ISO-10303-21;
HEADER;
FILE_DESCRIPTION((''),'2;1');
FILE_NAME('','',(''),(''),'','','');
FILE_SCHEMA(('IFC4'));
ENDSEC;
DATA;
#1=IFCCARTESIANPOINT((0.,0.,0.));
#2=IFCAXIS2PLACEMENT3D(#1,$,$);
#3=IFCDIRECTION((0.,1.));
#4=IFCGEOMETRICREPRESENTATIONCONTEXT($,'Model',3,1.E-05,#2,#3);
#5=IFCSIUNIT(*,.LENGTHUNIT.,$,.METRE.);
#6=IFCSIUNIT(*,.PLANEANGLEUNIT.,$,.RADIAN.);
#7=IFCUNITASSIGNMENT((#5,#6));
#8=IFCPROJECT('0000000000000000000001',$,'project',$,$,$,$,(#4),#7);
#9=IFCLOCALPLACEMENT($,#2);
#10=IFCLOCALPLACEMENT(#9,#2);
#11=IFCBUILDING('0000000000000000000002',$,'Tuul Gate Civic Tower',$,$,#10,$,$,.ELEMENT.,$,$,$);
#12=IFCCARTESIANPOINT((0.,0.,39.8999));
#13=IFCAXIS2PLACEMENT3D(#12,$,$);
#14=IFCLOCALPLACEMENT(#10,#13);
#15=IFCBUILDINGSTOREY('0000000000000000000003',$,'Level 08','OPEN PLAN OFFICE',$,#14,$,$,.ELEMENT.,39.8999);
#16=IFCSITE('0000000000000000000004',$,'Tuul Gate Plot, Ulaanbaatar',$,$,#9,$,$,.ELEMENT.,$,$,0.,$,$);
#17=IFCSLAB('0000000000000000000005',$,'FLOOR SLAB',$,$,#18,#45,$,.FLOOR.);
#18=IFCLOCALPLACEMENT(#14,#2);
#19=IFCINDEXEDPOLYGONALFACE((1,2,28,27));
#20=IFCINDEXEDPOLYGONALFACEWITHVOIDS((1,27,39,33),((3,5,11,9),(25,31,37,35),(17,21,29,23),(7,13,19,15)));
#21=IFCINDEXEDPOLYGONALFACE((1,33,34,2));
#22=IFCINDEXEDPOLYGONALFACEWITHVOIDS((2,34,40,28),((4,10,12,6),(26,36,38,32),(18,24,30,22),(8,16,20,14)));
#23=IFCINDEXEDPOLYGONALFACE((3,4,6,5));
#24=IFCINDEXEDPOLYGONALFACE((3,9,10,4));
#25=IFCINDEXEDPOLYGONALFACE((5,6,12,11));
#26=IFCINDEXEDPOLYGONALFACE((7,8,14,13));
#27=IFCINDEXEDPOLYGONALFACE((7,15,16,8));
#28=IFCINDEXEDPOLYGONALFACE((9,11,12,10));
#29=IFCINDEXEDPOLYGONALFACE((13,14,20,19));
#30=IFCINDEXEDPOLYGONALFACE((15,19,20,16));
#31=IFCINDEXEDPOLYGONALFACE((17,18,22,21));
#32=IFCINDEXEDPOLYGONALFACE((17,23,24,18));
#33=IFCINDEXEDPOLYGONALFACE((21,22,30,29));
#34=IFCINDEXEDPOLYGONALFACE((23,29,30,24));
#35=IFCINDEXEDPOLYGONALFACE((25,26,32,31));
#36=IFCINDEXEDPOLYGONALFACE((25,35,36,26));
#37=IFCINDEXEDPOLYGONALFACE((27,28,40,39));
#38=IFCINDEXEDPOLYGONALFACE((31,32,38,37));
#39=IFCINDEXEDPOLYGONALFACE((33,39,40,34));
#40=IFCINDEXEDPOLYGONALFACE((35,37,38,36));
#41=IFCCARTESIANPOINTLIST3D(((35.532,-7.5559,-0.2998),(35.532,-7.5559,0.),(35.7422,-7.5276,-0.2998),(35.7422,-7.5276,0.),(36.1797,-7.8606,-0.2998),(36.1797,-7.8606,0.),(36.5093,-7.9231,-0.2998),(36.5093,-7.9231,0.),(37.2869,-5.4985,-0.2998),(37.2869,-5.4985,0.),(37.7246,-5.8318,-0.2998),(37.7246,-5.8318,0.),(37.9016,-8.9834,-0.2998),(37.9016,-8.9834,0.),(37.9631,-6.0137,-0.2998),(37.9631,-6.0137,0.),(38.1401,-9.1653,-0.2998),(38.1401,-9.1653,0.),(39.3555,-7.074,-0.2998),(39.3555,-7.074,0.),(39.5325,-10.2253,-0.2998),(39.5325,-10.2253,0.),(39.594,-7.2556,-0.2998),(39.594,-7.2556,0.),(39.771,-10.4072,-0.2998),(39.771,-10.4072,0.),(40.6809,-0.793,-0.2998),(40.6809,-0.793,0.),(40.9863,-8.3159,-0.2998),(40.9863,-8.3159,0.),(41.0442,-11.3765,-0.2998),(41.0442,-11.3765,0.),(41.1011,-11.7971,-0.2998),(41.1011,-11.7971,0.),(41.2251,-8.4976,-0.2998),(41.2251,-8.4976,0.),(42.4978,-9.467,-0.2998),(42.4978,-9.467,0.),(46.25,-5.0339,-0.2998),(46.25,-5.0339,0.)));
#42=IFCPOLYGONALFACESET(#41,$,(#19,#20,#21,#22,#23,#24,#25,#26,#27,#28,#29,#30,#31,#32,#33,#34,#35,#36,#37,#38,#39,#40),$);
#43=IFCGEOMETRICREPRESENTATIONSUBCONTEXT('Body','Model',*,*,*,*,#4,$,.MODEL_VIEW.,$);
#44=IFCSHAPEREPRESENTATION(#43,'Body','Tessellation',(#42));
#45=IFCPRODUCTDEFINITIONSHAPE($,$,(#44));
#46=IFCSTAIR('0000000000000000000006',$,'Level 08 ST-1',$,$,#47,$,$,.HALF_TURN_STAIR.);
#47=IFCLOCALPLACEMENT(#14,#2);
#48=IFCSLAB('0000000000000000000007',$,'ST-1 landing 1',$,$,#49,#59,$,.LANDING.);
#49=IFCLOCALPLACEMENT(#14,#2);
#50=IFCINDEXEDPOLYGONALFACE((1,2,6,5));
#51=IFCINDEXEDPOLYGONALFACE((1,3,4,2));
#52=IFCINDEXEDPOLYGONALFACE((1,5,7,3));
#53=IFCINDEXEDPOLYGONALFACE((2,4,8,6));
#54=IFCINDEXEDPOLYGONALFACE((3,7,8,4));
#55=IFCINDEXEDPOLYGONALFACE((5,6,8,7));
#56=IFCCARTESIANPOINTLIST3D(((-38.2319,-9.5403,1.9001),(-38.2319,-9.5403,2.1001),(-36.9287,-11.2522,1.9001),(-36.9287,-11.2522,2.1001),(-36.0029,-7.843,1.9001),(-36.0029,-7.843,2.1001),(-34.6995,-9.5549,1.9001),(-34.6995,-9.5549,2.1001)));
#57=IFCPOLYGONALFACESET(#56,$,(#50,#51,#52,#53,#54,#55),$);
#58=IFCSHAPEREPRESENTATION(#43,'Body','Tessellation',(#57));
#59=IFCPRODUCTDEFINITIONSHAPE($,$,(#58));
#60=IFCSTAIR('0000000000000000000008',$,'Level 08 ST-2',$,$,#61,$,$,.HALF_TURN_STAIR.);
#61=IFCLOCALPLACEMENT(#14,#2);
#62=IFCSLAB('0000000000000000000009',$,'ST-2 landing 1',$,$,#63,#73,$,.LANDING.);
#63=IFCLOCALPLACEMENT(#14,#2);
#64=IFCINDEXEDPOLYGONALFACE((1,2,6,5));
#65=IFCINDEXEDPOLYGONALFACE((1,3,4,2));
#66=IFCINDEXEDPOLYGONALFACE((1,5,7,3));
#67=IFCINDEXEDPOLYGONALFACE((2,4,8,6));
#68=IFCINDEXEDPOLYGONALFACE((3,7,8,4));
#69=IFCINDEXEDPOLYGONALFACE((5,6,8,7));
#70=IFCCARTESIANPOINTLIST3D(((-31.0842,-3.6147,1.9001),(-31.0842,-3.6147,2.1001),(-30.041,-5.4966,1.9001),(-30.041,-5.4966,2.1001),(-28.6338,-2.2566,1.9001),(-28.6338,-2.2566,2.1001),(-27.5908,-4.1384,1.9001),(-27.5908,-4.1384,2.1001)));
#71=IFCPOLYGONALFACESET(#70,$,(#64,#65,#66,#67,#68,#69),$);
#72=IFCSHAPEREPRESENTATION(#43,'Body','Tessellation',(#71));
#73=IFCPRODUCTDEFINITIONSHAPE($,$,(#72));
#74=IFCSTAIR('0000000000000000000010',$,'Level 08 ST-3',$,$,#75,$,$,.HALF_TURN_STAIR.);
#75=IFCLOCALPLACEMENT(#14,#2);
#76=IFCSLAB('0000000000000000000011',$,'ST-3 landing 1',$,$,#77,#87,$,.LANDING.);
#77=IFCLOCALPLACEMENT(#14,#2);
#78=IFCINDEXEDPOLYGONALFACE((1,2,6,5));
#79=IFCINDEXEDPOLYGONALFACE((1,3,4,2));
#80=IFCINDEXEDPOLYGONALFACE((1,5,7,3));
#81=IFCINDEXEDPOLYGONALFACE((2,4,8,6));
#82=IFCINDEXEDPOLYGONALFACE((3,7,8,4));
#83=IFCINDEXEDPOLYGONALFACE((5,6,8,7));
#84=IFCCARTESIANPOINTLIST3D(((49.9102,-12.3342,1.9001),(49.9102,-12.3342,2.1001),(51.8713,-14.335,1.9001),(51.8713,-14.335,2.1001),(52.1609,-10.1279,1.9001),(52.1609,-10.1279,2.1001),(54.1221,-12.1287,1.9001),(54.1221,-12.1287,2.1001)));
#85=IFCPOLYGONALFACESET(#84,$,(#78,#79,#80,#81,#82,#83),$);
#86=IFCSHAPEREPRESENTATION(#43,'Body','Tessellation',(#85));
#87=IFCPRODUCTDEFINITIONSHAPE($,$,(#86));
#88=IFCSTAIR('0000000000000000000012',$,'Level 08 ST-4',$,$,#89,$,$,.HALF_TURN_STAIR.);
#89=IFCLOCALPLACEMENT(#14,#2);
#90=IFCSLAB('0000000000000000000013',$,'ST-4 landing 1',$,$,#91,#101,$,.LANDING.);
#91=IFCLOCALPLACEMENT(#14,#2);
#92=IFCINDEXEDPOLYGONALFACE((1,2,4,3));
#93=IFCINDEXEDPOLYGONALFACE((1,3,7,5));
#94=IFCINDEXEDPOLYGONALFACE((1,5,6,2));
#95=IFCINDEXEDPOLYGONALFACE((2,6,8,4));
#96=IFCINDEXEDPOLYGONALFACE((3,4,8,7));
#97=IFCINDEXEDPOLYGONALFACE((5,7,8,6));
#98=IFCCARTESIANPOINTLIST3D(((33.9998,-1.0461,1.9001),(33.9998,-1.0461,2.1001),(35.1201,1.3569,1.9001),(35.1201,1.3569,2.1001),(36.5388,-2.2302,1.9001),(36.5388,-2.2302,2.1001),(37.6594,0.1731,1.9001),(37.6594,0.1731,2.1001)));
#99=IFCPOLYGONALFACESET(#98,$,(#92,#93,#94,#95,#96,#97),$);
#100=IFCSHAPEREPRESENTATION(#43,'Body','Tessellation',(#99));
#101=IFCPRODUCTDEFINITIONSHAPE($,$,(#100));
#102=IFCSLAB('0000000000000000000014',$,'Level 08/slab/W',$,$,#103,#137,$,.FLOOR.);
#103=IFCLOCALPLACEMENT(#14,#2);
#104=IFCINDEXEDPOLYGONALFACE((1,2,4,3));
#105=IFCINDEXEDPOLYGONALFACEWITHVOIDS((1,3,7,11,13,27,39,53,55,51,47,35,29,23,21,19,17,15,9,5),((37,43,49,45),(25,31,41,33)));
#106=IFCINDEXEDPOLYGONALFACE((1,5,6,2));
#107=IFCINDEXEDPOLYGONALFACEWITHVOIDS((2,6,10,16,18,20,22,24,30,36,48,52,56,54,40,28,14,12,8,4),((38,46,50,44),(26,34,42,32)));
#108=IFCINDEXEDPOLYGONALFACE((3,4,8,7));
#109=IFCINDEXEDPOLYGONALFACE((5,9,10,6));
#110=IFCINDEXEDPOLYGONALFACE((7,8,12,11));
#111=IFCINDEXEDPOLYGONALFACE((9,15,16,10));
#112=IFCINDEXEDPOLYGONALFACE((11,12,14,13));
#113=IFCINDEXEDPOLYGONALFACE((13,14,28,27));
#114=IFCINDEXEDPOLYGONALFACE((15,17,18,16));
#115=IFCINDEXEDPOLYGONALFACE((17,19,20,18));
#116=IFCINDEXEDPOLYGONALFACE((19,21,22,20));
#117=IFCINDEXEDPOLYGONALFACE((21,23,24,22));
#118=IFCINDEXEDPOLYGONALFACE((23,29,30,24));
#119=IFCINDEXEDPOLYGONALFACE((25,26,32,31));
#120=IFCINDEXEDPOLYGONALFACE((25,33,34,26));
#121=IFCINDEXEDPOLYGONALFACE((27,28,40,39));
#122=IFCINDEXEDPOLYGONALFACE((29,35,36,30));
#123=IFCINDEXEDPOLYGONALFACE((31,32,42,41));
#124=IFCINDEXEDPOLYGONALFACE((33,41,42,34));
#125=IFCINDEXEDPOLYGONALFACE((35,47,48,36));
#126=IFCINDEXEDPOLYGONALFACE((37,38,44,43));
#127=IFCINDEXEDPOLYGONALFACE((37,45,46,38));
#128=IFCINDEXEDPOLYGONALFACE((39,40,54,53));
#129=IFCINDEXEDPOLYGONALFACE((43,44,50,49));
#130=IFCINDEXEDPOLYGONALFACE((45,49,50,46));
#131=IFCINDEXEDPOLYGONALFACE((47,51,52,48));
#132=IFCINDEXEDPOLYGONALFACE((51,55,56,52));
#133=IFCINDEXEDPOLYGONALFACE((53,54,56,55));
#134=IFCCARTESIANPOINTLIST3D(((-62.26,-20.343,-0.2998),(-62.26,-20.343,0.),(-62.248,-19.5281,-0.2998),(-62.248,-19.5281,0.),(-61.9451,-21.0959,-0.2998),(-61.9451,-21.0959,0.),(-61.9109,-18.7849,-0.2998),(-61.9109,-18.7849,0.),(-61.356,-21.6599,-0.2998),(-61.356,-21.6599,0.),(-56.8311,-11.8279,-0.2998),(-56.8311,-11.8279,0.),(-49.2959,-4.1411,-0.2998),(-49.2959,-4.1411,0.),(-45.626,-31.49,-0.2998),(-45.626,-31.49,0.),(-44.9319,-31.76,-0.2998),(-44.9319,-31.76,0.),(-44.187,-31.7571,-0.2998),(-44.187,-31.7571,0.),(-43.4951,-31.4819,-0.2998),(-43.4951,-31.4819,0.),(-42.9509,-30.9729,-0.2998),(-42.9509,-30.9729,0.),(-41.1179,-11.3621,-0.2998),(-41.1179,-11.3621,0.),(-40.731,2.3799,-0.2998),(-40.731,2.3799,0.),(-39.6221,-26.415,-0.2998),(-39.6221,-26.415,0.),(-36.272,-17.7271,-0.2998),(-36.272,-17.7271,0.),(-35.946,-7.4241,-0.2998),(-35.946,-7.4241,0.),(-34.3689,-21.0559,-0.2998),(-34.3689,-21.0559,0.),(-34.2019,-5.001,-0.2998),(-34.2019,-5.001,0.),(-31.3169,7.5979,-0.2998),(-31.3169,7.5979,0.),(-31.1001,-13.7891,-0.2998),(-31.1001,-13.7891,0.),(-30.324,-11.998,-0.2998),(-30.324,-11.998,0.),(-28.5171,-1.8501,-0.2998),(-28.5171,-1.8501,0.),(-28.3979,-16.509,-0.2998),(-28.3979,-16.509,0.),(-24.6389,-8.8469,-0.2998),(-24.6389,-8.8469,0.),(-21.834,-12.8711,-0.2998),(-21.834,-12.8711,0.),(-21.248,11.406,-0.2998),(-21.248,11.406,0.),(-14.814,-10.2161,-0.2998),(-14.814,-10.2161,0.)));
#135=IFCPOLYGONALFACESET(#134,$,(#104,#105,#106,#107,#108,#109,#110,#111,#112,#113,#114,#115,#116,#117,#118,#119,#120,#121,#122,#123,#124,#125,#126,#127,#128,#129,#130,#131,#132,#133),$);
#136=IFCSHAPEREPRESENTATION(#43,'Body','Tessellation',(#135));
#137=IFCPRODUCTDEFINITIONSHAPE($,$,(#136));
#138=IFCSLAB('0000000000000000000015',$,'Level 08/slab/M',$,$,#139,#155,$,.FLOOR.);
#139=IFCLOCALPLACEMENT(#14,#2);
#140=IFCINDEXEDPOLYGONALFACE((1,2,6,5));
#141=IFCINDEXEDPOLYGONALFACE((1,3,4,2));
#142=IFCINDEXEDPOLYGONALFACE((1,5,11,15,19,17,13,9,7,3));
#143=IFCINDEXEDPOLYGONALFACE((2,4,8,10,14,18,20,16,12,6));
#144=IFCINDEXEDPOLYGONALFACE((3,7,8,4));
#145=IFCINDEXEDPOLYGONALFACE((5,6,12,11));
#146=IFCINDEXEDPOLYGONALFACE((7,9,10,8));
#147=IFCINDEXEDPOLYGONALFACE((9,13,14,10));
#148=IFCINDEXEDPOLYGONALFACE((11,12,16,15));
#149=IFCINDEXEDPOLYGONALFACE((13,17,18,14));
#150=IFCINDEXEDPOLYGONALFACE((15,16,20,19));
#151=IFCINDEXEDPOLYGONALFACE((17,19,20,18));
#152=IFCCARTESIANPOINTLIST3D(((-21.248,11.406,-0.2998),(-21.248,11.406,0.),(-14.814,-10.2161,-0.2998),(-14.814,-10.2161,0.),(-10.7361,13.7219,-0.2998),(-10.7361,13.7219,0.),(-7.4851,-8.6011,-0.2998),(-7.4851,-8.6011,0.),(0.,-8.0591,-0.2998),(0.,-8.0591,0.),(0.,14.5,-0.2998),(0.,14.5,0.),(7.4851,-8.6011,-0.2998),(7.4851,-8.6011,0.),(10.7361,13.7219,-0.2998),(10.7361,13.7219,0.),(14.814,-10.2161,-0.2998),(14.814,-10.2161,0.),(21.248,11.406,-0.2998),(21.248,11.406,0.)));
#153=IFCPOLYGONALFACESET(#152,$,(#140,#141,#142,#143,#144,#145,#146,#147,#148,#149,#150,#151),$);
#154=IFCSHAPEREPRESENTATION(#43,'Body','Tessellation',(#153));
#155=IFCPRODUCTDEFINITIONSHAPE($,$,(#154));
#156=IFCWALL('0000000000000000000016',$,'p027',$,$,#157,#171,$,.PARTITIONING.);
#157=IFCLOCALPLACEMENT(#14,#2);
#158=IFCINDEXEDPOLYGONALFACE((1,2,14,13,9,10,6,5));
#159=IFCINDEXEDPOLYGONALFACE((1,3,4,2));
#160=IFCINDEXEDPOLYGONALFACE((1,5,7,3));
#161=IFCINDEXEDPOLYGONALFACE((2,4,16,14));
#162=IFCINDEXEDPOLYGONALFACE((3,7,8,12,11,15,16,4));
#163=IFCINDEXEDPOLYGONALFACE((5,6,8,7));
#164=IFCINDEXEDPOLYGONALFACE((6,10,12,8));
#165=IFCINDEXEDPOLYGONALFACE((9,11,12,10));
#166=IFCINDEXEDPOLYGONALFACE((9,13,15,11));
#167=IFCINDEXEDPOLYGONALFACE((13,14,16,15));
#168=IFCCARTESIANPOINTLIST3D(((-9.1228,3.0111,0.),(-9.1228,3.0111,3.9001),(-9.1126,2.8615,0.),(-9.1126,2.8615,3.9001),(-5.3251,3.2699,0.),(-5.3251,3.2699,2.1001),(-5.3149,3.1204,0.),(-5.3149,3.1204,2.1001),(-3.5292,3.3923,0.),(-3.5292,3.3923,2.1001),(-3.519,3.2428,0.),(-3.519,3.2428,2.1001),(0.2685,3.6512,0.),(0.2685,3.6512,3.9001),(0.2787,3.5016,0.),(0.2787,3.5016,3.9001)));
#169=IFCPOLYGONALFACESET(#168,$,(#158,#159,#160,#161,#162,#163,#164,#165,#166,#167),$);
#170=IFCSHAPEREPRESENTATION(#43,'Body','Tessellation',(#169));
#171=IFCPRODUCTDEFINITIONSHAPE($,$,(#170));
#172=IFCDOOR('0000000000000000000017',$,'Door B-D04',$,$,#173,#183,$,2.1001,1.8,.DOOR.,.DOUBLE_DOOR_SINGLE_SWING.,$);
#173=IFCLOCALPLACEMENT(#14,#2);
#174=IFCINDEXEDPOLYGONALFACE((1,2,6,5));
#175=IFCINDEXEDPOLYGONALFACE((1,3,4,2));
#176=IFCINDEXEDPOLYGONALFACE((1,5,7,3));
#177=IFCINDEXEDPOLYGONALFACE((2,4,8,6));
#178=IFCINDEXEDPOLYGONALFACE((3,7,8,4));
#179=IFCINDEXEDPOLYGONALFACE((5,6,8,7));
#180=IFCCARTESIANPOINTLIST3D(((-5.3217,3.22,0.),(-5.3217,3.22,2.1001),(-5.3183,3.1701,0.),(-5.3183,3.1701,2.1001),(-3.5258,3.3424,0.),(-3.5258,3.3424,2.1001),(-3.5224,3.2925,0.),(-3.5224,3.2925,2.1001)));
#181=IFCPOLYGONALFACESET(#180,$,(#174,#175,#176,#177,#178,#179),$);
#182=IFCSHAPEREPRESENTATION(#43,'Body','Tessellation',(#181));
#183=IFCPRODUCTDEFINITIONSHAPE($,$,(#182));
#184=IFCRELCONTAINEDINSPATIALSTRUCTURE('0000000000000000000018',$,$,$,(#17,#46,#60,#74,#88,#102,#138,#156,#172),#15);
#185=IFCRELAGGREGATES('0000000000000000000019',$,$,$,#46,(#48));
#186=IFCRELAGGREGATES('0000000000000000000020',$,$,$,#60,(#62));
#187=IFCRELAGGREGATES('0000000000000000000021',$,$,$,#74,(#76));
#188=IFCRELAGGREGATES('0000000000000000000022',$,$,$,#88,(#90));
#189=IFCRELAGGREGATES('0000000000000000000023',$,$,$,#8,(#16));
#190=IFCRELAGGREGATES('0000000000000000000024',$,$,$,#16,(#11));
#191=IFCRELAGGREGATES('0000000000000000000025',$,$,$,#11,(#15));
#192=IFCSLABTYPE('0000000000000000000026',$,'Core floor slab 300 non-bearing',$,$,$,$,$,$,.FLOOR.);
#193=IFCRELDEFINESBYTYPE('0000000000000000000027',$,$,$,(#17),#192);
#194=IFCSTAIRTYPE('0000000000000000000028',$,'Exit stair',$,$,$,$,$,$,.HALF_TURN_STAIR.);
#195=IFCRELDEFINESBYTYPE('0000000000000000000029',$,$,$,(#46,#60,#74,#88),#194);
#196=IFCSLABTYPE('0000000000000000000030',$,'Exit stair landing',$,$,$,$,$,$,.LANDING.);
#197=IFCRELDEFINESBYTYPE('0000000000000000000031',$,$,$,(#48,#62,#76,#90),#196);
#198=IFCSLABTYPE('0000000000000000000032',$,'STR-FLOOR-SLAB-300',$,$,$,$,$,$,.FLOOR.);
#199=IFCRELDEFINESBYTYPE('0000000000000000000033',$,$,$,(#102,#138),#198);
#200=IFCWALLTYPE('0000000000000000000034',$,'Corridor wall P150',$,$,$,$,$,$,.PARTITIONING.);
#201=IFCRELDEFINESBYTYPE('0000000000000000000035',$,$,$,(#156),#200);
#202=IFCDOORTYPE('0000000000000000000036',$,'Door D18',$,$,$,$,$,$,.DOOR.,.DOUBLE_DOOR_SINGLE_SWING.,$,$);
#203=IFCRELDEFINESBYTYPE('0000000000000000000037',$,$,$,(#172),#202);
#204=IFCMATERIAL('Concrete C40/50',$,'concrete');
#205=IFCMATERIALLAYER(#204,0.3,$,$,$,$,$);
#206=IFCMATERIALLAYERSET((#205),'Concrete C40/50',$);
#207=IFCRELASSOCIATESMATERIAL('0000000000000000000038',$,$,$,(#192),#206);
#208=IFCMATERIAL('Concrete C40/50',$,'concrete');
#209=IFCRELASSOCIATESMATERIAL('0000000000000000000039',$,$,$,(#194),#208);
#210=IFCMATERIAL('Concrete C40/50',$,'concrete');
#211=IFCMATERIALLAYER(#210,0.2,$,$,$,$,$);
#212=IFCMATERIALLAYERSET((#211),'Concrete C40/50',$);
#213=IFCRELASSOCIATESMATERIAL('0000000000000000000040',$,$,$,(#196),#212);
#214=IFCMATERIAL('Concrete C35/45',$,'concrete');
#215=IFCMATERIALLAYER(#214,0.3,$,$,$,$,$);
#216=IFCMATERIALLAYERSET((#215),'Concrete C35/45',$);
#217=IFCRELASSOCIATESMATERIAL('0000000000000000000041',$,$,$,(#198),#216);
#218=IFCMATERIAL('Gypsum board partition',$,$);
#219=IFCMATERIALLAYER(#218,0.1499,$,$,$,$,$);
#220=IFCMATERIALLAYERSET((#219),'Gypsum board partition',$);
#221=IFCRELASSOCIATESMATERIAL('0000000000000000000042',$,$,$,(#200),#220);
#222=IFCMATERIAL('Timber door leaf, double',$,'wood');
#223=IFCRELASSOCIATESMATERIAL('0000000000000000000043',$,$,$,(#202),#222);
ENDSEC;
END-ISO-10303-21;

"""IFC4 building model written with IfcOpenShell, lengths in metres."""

from ifc_helpers import new_model, si_unit, direction, frame, frame_2d, origin, place, context, subcontext, project, spatial, polyline, rectangle, outline, extrude, material, layer, layer_set, type_object, element, fill, aggregate, save


model = new_model("IFC4")

# Units and contexts
model_context = context("Model", 3, precision=1e-05, world=origin(), true_north=direction((0.0, 1.0)))
body_context = subcontext(model_context, "Body", "Model", "MODEL_VIEW")
ifc_project = project(units=[si_unit("LENGTHUNIT", "METRE"), si_unit("PLANEANGLEUNIT", "RADIAN")], contexts=[model_context])

# Site, building, storey
site_placement = place(None, origin())
site = spatial("IfcSite", under=ifc_project, at=site_placement, Name="Tuul Gate Plot, Ulaanbaatar", CompositionType="ELEMENT", RefElevation=0.0)
building_placement = place(site_placement, origin())
building = spatial("IfcBuilding", under=site, at=building_placement, Name="Tuul Gate Civic Tower", CompositionType="ELEMENT")
storey_placement = place(building_placement, frame((0.0, 0.0, 39.8999)))
storey = spatial("IfcBuildingStorey", under=building, at=storey_placement, Name="Level 08", Description="OPEN PLAN OFFICE", CompositionType="ELEMENT", Elevation=39.8999)

# Slab
ifc_material_1 = material(Name="Concrete C40/50", Category="concrete")
ifc_layer_1 = layer(ifc_material_1, 0.3)
ifc_layer_set_1 = layer_set([ifc_layer_1], Name="Concrete C40/50")
slab_type_1 = type_object("IfcSlabType", Name="Core floor slab 300 non-bearing", PredefinedType="FLOOR", material=ifc_layer_set_1)
slab_1_placement = place(storey_placement, frame((0.0, 0.0, -0.2998)))
element("IfcSlab", 1, at=slab_1_placement, inside=storey, type_object=slab_type_1, Name="FLOOR SLAB", PredefinedType="FLOOR", context=body_context, shape_type="SweptSolid", body=[
    extrude(outline(polyline([(41.1011, -11.7971), (46.25, -5.0339), (40.6809, -0.793), (35.532, -7.5559), (41.1011, -11.7971)]), holes=[polyline([(41.0442, -11.3765), (42.4978, -9.467), (41.2251, -8.4976), (39.771, -10.4072), (41.0442, -11.3765)]), polyline([(39.5325, -10.2253), (40.9863, -8.3159), (39.594, -7.2556), (38.1401, -9.1653), (39.5325, -10.2253)]), polyline([(37.9016, -8.9834), (39.3555, -7.074), (37.9631, -6.0137), (36.5093, -7.9231), (37.9016, -8.9834)]), polyline([(36.1797, -7.8606), (37.7246, -5.8318), (37.2869, -5.4985), (35.7422, -7.5276), (36.1797, -7.8606)])]), origin(), (0.0, 0.0, 1.0), 0.2998),
])

# Stairs, slabs
ifc_material_2 = material(Name="Concrete C40/50", Category="concrete")
stair_type = type_object("IfcStairType", Name="Exit stair", PredefinedType="HALF_TURN_STAIR", material=ifc_material_2)
stair_1_placement = place(storey_placement, origin())
stair_1 = element("IfcStair", 2, at=stair_1_placement, inside=storey, type_object=stair_type, Name="Level 08 ST-1", PredefinedType="HALF_TURN_STAIR")
ifc_material_3 = material(Name="Concrete C40/50", Category="concrete")
ifc_layer_2 = layer(ifc_material_3, 0.2)
ifc_layer_set_2 = layer_set([ifc_layer_2], Name="Concrete C40/50")
slab_type_2 = type_object("IfcSlabType", Name="Exit stair landing", PredefinedType="LANDING", material=ifc_layer_set_2)
slab_2_placement = place(storey_placement, frame((0.0, 0.0, 1.9001)))
slab_2 = element("IfcSlab", 3, at=slab_2_placement, type_object=slab_type_2, Name="ST-1 landing 1", PredefinedType="LANDING", context=body_context, shape_type="SweptSolid", body=[
    extrude(outline(polyline([(-34.6995, -9.5549), (-36.9287, -11.2522), (-38.2319, -9.5403), (-36.0029, -7.843), (-34.6995, -9.5549)])), origin(), (0.0, 0.0, 1.0), 0.2),
])
aggregate(stair_1, [slab_2])
stair_2_placement = place(storey_placement, origin())
stair_2 = element("IfcStair", 4, at=stair_2_placement, inside=storey, type_object=stair_type, Name="Level 08 ST-2", PredefinedType="HALF_TURN_STAIR")
slab_3_placement = place(storey_placement, frame((0.0, 0.0, 1.9001)))
slab_3 = element("IfcSlab", 5, at=slab_3_placement, type_object=slab_type_2, Name="ST-2 landing 1", PredefinedType="LANDING", context=body_context, shape_type="SweptSolid", body=[
    extrude(outline(polyline([(-27.5908, -4.1384), (-30.041, -5.4966), (-31.0842, -3.6147), (-28.6338, -2.2566), (-27.5908, -4.1384)])), origin(), (0.0, 0.0, 1.0), 0.2),
])
aggregate(stair_2, [slab_3])
stair_3_placement = place(storey_placement, origin())
stair_3 = element("IfcStair", 6, at=stair_3_placement, inside=storey, type_object=stair_type, Name="Level 08 ST-3", PredefinedType="HALF_TURN_STAIR")
slab_4_placement = place(storey_placement, frame((0.0, 0.0, 1.9001)))
slab_4 = element("IfcSlab", 7, at=slab_4_placement, type_object=slab_type_2, Name="ST-3 landing 1", PredefinedType="LANDING", context=body_context, shape_type="SweptSolid", body=[
    extrude(outline(polyline([(51.8713, -14.335), (49.9102, -12.3342), (52.1609, -10.1279), (54.1221, -12.1287), (51.8713, -14.335)])), origin(), (0.0, 0.0, 1.0), 0.2),
])
aggregate(stair_3, [slab_4])
stair_4_placement = place(storey_placement, origin())
stair_4 = element("IfcStair", 8, at=stair_4_placement, inside=storey, type_object=stair_type, Name="Level 08 ST-4", PredefinedType="HALF_TURN_STAIR")
slab_5_placement = place(storey_placement, frame((0.0, 0.0, 1.9001)))
slab_5 = element("IfcSlab", 9, at=slab_5_placement, type_object=slab_type_2, Name="ST-4 landing 1", PredefinedType="LANDING", context=body_context, shape_type="SweptSolid", body=[
    extrude(outline(polyline([(36.5388, -2.2302), (33.9998, -1.0461), (35.1201, 1.3569), (37.6594, 0.1731), (36.5388, -2.2302)])), origin(), (0.0, 0.0, 1.0), 0.2),
])
aggregate(stair_4, [slab_5])

# Slabs
ifc_material_4 = material(Name="Concrete C35/45", Category="concrete")
ifc_layer_3 = layer(ifc_material_4, 0.3)
ifc_layer_set_3 = layer_set([ifc_layer_3], Name="Concrete C35/45")
slab_type_3 = type_object("IfcSlabType", Name="STR-FLOOR-SLAB-300", PredefinedType="FLOOR", material=ifc_layer_set_3)
slab_6_placement = place(storey_placement, frame((0.0, 0.0, -0.2998)))
element("IfcSlab", 10, at=slab_6_placement, inside=storey, type_object=slab_type_3, Name="Level 08/slab/W", PredefinedType="FLOOR", context=body_context, shape_type="SweptSolid", body=[
    extrude(outline(polyline([(-21.834, -12.8711), (-14.814, -10.2161), (-21.248, 11.406), (-31.3169, 7.5979), (-40.731, 2.3799), (-49.2959, -4.1411), (-56.8311, -11.8279), (-61.9109, -18.7849), (-62.248, -19.5281), (-62.26, -20.343), (-61.9451, -21.0959), (-61.356, -21.6599), (-45.626, -31.49), (-44.9319, -31.76), (-44.187, -31.7571), (-43.4951, -31.4819), (-42.9509, -30.9729), (-39.6221, -26.415), (-34.3689, -21.0559), (-28.3979, -16.509), (-21.834, -12.8711)]), holes=[polyline([(-31.1001, -13.7891), (-36.272, -17.7271), (-41.1179, -11.3621), (-35.946, -7.4241), (-31.1001, -13.7891)]), polyline([(-24.6389, -8.8469), (-30.324, -11.998), (-34.2019, -5.001), (-28.5171, -1.8501), (-24.6389, -8.8469)])]), origin(), (0.0, 0.0, 1.0), 0.2998),
])
slab_7_placement = place(storey_placement, frame((0.0, 0.0, -0.2998)))
element("IfcSlab", 11, at=slab_7_placement, inside=storey, type_object=slab_type_3, Name="Level 08/slab/M", PredefinedType="FLOOR", context=body_context, shape_type="SweptSolid", body=[
    extrude(outline(polyline([(14.814, -10.2161), (21.248, 11.406), (10.7361, 13.7219), (0.0, 14.5), (-10.7361, 13.7219), (-21.248, 11.406), (-14.814, -10.2161), (-7.4851, -8.6011), (0.0, -8.0591), (7.4851, -8.6011), (14.814, -10.2161)])), origin(), (0.0, 0.0, 1.0), 0.2998),
])

# Wall, opening, door
ifc_material_5 = material(Name="Gypsum board partition")
ifc_layer_4 = layer(ifc_material_5, 0.1499)
ifc_layer_set_4 = layer_set([ifc_layer_4], Name="Gypsum board partition")
wall_type_1 = type_object("IfcWallType", Name="Corridor wall P150", PredefinedType="PARTITIONING", material=ifc_layer_set_4)
wall_1_placement = place(storey_placement, frame((-9.1177, 2.9363, 0.0), z_axis=(0.0, 0.0, 1.0), x_axis=(0.997685, 0.068005, 0.0)))
wall_1 = element("IfcWall", 12, at=wall_1_placement, inside=storey, type_object=wall_type_1, Name="p027", PredefinedType="PARTITIONING", context=body_context, shape_type="SweptSolid", body=[
    extrude(rectangle(XDim=9.4131, YDim=0.1499, at=frame_2d((4.7065, 0.0))), origin(), (0.0, 0.0, 1.0), 3.9001),
])
opening_1_placement = place(wall_1_placement, frame((3.8066, 0.0, 0.0)))
opening_1 = element("IfcOpeningElement", 13, at=opening_1_placement, cuts=wall_1, PredefinedType="OPENING", context=body_context, shape_type="SweptSolid", body=[
    extrude(rectangle(XDim=1.8, YDim=2.1001, at=frame_2d((0.8999, 1.05))), frame((0.0, 0.085, 0.0), z_axis=(0.0, -1.0, 0.0), x_axis=(1.0, 0.0, 0.0)), (0.0, 0.0, 1.0), 0.1699),
])
ifc_material_6 = material(Name="Timber door leaf, double", Category="wood")
door_type = type_object("IfcDoorType", Name="Door D18", OperationType="DOUBLE_DOOR_SINGLE_SWING", PredefinedType="DOOR", material=ifc_material_6)
door_1_placement = place(opening_1_placement, origin())
door_1 = element("IfcDoor", 14, at=door_1_placement, inside=storey, type_object=door_type, Name="Door B-D04", OperationType="DOUBLE_DOOR_SINGLE_SWING", OverallHeight=2.1001, OverallWidth=1.8, PredefinedType="DOOR", context=body_context, shape_type="SweptSolid", body=[
    extrude(rectangle(XDim=1.8, YDim=2.1001, at=frame_2d((0.8999, 1.05))), frame((0.0, 0.0249, 0.0), z_axis=(0.0, -1.0, 0.0), x_axis=(1.0, 0.0, 0.0)), (0.0, 0.0, 1.0), 0.05),
])
fill(opening_1, door_1)

save(model, "model.ifc")
